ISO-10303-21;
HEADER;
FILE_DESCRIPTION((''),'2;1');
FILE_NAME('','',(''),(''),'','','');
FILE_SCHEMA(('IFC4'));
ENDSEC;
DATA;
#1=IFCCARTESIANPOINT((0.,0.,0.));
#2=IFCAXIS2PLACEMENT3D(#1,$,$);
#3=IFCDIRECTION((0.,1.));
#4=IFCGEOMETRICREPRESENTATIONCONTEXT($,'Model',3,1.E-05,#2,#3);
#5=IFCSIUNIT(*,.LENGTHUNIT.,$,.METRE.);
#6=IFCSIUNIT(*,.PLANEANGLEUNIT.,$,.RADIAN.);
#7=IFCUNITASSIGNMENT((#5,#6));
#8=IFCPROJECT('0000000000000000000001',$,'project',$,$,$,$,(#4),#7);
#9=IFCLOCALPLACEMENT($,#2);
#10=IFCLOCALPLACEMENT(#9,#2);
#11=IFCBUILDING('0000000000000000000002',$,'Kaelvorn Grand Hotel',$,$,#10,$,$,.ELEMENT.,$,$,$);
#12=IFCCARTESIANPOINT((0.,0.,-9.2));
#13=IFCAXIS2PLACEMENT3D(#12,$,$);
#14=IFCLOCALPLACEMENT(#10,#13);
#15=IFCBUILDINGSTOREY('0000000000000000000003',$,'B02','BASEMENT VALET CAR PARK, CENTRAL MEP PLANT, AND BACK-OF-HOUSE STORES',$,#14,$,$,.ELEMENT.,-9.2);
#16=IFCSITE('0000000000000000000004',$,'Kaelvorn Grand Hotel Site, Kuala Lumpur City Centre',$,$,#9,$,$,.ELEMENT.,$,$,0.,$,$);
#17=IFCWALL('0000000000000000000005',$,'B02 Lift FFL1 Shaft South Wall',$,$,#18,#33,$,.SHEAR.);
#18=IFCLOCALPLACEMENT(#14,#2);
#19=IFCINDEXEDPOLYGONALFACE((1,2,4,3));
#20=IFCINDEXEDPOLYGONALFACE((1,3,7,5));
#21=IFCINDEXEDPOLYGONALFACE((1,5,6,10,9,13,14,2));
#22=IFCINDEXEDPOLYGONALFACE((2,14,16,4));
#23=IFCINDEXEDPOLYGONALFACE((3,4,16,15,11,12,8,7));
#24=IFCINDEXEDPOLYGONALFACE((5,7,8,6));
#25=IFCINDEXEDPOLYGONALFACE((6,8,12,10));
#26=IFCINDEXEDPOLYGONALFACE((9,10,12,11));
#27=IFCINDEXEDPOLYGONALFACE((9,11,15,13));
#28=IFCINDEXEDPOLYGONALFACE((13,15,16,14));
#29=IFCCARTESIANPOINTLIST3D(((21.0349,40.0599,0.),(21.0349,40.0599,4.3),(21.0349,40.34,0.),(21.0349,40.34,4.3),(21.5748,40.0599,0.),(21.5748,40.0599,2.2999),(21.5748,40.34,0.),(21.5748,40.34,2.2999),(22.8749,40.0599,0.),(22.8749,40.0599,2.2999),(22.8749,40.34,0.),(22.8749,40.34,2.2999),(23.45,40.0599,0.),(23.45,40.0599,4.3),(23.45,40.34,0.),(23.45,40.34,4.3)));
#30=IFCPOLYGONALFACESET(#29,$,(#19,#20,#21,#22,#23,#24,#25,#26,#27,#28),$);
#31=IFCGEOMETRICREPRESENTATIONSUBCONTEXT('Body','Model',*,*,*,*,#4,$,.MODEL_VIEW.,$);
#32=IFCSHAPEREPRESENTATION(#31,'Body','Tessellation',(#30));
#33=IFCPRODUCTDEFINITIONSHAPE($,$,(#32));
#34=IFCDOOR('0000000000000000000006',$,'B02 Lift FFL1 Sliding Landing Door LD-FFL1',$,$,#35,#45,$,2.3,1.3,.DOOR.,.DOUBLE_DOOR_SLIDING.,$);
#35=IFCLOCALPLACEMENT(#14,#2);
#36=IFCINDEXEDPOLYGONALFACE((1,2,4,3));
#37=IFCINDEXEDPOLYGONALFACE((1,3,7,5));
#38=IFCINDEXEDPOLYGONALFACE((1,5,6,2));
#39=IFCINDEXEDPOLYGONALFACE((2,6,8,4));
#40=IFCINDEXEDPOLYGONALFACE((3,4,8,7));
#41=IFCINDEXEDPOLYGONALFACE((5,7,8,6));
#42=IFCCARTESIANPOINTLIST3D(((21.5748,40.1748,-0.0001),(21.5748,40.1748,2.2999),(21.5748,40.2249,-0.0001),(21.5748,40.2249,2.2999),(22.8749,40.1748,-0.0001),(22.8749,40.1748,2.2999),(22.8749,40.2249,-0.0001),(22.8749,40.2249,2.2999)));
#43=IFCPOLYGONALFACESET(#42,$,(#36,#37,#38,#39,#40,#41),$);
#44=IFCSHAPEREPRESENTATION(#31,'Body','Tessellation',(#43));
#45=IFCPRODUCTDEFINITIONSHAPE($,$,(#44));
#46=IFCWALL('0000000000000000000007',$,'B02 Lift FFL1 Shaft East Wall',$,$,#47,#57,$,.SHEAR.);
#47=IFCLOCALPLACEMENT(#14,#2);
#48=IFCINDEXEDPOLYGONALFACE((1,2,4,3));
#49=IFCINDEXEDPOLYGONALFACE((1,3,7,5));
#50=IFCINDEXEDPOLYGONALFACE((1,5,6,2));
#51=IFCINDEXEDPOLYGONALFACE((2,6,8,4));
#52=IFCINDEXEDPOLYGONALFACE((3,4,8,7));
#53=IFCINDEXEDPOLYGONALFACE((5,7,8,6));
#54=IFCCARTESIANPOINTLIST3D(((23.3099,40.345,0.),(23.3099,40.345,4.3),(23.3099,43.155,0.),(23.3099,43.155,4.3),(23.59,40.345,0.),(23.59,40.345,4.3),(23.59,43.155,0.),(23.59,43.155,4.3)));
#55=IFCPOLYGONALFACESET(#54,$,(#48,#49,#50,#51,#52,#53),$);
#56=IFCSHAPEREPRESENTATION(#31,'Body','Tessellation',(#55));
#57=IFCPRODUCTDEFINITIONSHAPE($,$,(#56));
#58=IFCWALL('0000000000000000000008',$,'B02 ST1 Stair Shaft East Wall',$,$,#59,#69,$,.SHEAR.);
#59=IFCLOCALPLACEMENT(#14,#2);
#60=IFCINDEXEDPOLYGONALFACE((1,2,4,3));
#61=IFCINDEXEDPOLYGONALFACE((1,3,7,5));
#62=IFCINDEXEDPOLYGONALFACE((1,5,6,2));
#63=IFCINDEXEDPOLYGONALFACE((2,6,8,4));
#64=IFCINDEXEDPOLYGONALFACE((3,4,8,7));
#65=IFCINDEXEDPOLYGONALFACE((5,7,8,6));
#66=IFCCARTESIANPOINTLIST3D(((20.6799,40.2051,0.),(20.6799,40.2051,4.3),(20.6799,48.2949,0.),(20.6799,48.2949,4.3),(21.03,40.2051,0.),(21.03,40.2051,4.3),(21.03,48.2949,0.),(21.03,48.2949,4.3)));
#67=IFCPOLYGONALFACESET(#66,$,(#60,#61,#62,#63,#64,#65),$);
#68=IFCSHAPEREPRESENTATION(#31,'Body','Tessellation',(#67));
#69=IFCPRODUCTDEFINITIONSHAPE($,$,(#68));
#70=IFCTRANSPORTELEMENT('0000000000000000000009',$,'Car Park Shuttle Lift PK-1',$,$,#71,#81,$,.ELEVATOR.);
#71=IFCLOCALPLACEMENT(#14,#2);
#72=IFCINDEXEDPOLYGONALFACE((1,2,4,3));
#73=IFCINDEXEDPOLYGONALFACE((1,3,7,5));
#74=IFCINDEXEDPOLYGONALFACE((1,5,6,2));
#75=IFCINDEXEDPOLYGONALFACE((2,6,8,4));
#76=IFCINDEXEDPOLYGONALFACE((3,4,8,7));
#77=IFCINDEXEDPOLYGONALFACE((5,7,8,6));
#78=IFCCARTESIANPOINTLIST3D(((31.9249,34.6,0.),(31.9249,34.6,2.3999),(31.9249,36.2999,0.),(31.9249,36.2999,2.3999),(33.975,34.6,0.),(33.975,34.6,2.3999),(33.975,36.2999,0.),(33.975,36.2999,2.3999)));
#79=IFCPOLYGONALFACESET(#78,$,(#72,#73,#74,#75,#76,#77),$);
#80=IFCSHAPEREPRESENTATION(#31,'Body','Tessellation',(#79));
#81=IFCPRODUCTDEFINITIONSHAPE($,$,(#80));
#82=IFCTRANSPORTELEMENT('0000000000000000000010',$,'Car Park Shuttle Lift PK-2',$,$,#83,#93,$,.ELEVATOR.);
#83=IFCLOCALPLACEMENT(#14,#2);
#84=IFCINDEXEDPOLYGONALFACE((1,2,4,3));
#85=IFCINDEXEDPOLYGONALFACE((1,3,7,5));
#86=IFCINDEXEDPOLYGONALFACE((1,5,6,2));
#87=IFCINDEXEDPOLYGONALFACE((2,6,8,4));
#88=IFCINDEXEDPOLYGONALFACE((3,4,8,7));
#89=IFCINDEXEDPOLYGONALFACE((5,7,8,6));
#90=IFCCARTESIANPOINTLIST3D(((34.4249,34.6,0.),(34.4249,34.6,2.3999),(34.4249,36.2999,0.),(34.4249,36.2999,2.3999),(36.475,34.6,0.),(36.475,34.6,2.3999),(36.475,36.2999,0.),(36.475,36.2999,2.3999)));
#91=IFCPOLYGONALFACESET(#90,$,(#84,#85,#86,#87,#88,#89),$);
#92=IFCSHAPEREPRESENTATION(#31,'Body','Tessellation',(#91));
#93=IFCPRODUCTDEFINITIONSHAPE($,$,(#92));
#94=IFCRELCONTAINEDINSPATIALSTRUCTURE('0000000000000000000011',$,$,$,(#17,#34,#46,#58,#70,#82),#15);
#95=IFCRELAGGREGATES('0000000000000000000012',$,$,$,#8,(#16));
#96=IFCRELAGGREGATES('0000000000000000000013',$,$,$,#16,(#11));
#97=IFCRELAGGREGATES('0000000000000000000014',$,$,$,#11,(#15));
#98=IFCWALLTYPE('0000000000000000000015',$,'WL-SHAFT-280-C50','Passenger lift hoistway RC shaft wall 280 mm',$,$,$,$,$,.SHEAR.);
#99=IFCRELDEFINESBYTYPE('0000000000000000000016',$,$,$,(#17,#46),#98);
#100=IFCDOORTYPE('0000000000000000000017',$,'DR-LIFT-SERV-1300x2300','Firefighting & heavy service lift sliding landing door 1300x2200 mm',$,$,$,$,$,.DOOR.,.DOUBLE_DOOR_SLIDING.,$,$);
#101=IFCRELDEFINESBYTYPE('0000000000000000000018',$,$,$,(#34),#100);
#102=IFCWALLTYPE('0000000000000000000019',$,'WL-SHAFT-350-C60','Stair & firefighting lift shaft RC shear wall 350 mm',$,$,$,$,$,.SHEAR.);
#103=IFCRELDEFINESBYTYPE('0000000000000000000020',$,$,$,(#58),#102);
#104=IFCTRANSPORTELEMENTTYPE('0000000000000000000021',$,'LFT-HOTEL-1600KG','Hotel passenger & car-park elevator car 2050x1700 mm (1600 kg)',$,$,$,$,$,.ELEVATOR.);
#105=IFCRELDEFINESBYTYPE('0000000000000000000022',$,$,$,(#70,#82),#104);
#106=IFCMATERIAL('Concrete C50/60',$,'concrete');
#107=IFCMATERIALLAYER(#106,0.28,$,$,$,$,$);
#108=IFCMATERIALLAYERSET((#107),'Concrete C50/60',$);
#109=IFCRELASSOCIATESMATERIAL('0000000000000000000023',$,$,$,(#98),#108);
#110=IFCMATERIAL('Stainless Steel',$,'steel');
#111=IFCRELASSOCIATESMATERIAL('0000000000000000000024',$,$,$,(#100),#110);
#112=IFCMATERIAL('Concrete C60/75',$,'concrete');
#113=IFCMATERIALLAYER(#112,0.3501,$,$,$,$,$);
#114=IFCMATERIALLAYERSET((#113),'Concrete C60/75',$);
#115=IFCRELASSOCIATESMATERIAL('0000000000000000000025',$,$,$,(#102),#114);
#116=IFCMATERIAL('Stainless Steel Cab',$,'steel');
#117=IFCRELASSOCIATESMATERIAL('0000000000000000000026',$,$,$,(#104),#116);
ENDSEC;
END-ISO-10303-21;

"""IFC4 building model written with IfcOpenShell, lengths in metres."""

from ifc_helpers import new_model, si_unit, direction, frame, frame_2d, origin, origin_2d, place, context, subcontext, project, spatial, rectangle, extrude, material, layer, layer_set, type_object, element, fill, save


model = new_model("IFC4")

# Units and contexts
model_context = context("Model", 3, precision=1e-05, world=origin(), true_north=direction((0.0, 1.0)))
body_context = subcontext(model_context, "Body", "Model", "MODEL_VIEW")
ifc_project = project(units=[si_unit("LENGTHUNIT", "METRE"), si_unit("PLANEANGLEUNIT", "RADIAN")], contexts=[model_context])

# Site, building, storey
site_placement = place(None, origin())
site = spatial("IfcSite", under=ifc_project, at=site_placement, Name="Kaelvorn Grand Hotel Site, Kuala Lumpur City Centre", CompositionType="ELEMENT", RefElevation=0.0)
building_placement = place(site_placement, origin())
building = spatial("IfcBuilding", under=site, at=building_placement, Name="Kaelvorn Grand Hotel", CompositionType="ELEMENT")
storey_placement = place(building_placement, frame((0.0, 0.0, -9.2)))
storey = spatial("IfcBuildingStorey", under=building, at=storey_placement, Name="B02", Description="BASEMENT VALET CAR PARK, CENTRAL MEP PLANT, AND BACK-OF-HOUSE STORES", CompositionType="ELEMENT", Elevation=-9.2)

# Shared definitions
ifc_material_1 = material(Name="Concrete C50/60", Category="concrete")
ifc_layer_1 = layer(ifc_material_1, 0.28)
ifc_layer_set_1 = layer_set([ifc_layer_1], Name="Concrete C50/60")
wall_type_1 = type_object("IfcWallType", Name="WL-SHAFT-280-C50", Description="Passenger lift hoistway RC shaft wall 280 mm", PredefinedType="SHEAR", material=ifc_layer_set_1)
ifc_material_2 = material(Name="Stainless Steel", Category="steel")

# Wall, opening, door
wall_1_placement = place(storey_placement, frame((21.0349, 40.2, 0.0), z_axis=(0.0, 0.0, 1.0), x_axis=(1.0, 0.0, 0.0)))
wall_1 = element("IfcWall", 1, at=wall_1_placement, inside=storey, type_object=wall_type_1, Name="B02 Lift FFL1 Shaft South Wall", PredefinedType="SHEAR", context=body_context, shape_type="SweptSolid", body=[
    extrude(rectangle(XDim=2.415, YDim=0.28, at=frame_2d((1.2075, 0.0))), origin(), (0.0, 0.0, 1.0), 4.3),
])
opening_1_placement = place(wall_1_placement, frame((0.54, 0.0, 0.0)))
opening_1 = element("IfcOpeningElement", 2, at=opening_1_placement, cuts=wall_1, PredefinedType="OPENING", context=body_context, shape_type="SweptSolid", body=[
    extrude(rectangle(XDim=1.3, YDim=2.3, at=frame_2d((0.6499, 1.1499))), frame((0.0, 0.1499, 0.0), z_axis=(0.0, -1.0, 0.0), x_axis=(1.0, 0.0, 0.0)), (0.0, 0.0, 1.0), 0.3),
])
door_type_1 = type_object("IfcDoorType", Name="DR-LIFT-SERV-1300x2300", Description="Firefighting & heavy service lift sliding landing door 1300x2200 mm", OperationType="DOUBLE_DOOR_SLIDING", PredefinedType="DOOR", material=ifc_material_2)
door_1_placement = place(opening_1_placement, origin())
door_1 = element("IfcDoor", 3, at=door_1_placement, inside=storey, type_object=door_type_1, Name="B02 Lift FFL1 Sliding Landing Door LD-FFL1", OperationType="DOUBLE_DOOR_SLIDING", OverallHeight=2.3, OverallWidth=1.3, PredefinedType="DOOR", context=body_context, shape_type="SweptSolid", body=[
    extrude(rectangle(XDim=1.3, YDim=2.3, at=frame_2d((0.6499, 1.1499))), frame((0.0, 0.0249, 0.0), z_axis=(0.0, -1.0, 0.0), x_axis=(1.0, 0.0, 0.0)), (0.0, 0.0, 1.0), 0.05),
])
fill(opening_1, door_1)

# Walls
wall_2_placement = place(storey_placement, frame((23.45, 40.345, 0.0), z_axis=(0.0, 0.0, 1.0), x_axis=(0.0, 1.0, 0.0)))
element("IfcWall", 4, at=wall_2_placement, inside=storey, type_object=wall_type_1, Name="B02 Lift FFL1 Shaft East Wall", PredefinedType="SHEAR", context=body_context, shape_type="SweptSolid", body=[
    extrude(rectangle(XDim=2.8101, YDim=0.28, at=frame_2d((1.405, 0.0))), origin(), (0.0, 0.0, 1.0), 4.3),
])
ifc_material_3 = material(Name="Concrete C60/75", Category="concrete")
ifc_layer_2 = layer(ifc_material_3, 0.3501)
ifc_layer_set_2 = layer_set([ifc_layer_2], Name="Concrete C60/75")
wall_type_2 = type_object("IfcWallType", Name="WL-SHAFT-350-C60", Description="Stair & firefighting lift shaft RC shear wall 350 mm", PredefinedType="SHEAR", material=ifc_layer_set_2)
wall_3_placement = place(storey_placement, frame((20.855, 40.2051, 0.0), z_axis=(0.0, 0.0, 1.0), x_axis=(0.0, 1.0, 0.0)))
element("IfcWall", 5, at=wall_3_placement, inside=storey, type_object=wall_type_2, Name="B02 ST1 Stair Shaft East Wall", PredefinedType="SHEAR", context=body_context, shape_type="SweptSolid", body=[
    extrude(rectangle(XDim=8.0898, YDim=0.3501, at=frame_2d((4.0449, 0.0))), origin(), (0.0, 0.0, 1.0), 4.3),
])

# Transport elements
ifc_material_4 = material(Name="Stainless Steel Cab", Category="steel")
transport_element_type = type_object("IfcTransportElementType", Name="LFT-HOTEL-1600KG", Description="Hotel passenger & car-park elevator car 2050x1700 mm (1600 kg)", PredefinedType="ELEVATOR", material=ifc_material_4)
for number, where, z_axis, x_axis, name in (
    (6, (32.95, 35.45, 0.0), (0.0, 0.0, 1.0), (1.0, 0.0, 0.0), "Car Park Shuttle Lift PK-1"),
    (7, (35.45, 35.45, 0.0), (0.0, 0.0, 1.0), (1.0, 0.0, 0.0), "Car Park Shuttle Lift PK-2"),
):
    element("IfcTransportElement", number, at=place(storey_placement, frame(where, z_axis=z_axis, x_axis=x_axis)), inside=storey, type_object=transport_element_type, Name=name, PredefinedType="ELEVATOR", context=body_context, shape_type="SweptSolid", body=[
        extrude(rectangle(XDim=2.05, YDim=1.7, at=origin_2d()), origin(), (0.0, 0.0, 1.0), 2.3999),
    ])

save(model, "model.ifc")
